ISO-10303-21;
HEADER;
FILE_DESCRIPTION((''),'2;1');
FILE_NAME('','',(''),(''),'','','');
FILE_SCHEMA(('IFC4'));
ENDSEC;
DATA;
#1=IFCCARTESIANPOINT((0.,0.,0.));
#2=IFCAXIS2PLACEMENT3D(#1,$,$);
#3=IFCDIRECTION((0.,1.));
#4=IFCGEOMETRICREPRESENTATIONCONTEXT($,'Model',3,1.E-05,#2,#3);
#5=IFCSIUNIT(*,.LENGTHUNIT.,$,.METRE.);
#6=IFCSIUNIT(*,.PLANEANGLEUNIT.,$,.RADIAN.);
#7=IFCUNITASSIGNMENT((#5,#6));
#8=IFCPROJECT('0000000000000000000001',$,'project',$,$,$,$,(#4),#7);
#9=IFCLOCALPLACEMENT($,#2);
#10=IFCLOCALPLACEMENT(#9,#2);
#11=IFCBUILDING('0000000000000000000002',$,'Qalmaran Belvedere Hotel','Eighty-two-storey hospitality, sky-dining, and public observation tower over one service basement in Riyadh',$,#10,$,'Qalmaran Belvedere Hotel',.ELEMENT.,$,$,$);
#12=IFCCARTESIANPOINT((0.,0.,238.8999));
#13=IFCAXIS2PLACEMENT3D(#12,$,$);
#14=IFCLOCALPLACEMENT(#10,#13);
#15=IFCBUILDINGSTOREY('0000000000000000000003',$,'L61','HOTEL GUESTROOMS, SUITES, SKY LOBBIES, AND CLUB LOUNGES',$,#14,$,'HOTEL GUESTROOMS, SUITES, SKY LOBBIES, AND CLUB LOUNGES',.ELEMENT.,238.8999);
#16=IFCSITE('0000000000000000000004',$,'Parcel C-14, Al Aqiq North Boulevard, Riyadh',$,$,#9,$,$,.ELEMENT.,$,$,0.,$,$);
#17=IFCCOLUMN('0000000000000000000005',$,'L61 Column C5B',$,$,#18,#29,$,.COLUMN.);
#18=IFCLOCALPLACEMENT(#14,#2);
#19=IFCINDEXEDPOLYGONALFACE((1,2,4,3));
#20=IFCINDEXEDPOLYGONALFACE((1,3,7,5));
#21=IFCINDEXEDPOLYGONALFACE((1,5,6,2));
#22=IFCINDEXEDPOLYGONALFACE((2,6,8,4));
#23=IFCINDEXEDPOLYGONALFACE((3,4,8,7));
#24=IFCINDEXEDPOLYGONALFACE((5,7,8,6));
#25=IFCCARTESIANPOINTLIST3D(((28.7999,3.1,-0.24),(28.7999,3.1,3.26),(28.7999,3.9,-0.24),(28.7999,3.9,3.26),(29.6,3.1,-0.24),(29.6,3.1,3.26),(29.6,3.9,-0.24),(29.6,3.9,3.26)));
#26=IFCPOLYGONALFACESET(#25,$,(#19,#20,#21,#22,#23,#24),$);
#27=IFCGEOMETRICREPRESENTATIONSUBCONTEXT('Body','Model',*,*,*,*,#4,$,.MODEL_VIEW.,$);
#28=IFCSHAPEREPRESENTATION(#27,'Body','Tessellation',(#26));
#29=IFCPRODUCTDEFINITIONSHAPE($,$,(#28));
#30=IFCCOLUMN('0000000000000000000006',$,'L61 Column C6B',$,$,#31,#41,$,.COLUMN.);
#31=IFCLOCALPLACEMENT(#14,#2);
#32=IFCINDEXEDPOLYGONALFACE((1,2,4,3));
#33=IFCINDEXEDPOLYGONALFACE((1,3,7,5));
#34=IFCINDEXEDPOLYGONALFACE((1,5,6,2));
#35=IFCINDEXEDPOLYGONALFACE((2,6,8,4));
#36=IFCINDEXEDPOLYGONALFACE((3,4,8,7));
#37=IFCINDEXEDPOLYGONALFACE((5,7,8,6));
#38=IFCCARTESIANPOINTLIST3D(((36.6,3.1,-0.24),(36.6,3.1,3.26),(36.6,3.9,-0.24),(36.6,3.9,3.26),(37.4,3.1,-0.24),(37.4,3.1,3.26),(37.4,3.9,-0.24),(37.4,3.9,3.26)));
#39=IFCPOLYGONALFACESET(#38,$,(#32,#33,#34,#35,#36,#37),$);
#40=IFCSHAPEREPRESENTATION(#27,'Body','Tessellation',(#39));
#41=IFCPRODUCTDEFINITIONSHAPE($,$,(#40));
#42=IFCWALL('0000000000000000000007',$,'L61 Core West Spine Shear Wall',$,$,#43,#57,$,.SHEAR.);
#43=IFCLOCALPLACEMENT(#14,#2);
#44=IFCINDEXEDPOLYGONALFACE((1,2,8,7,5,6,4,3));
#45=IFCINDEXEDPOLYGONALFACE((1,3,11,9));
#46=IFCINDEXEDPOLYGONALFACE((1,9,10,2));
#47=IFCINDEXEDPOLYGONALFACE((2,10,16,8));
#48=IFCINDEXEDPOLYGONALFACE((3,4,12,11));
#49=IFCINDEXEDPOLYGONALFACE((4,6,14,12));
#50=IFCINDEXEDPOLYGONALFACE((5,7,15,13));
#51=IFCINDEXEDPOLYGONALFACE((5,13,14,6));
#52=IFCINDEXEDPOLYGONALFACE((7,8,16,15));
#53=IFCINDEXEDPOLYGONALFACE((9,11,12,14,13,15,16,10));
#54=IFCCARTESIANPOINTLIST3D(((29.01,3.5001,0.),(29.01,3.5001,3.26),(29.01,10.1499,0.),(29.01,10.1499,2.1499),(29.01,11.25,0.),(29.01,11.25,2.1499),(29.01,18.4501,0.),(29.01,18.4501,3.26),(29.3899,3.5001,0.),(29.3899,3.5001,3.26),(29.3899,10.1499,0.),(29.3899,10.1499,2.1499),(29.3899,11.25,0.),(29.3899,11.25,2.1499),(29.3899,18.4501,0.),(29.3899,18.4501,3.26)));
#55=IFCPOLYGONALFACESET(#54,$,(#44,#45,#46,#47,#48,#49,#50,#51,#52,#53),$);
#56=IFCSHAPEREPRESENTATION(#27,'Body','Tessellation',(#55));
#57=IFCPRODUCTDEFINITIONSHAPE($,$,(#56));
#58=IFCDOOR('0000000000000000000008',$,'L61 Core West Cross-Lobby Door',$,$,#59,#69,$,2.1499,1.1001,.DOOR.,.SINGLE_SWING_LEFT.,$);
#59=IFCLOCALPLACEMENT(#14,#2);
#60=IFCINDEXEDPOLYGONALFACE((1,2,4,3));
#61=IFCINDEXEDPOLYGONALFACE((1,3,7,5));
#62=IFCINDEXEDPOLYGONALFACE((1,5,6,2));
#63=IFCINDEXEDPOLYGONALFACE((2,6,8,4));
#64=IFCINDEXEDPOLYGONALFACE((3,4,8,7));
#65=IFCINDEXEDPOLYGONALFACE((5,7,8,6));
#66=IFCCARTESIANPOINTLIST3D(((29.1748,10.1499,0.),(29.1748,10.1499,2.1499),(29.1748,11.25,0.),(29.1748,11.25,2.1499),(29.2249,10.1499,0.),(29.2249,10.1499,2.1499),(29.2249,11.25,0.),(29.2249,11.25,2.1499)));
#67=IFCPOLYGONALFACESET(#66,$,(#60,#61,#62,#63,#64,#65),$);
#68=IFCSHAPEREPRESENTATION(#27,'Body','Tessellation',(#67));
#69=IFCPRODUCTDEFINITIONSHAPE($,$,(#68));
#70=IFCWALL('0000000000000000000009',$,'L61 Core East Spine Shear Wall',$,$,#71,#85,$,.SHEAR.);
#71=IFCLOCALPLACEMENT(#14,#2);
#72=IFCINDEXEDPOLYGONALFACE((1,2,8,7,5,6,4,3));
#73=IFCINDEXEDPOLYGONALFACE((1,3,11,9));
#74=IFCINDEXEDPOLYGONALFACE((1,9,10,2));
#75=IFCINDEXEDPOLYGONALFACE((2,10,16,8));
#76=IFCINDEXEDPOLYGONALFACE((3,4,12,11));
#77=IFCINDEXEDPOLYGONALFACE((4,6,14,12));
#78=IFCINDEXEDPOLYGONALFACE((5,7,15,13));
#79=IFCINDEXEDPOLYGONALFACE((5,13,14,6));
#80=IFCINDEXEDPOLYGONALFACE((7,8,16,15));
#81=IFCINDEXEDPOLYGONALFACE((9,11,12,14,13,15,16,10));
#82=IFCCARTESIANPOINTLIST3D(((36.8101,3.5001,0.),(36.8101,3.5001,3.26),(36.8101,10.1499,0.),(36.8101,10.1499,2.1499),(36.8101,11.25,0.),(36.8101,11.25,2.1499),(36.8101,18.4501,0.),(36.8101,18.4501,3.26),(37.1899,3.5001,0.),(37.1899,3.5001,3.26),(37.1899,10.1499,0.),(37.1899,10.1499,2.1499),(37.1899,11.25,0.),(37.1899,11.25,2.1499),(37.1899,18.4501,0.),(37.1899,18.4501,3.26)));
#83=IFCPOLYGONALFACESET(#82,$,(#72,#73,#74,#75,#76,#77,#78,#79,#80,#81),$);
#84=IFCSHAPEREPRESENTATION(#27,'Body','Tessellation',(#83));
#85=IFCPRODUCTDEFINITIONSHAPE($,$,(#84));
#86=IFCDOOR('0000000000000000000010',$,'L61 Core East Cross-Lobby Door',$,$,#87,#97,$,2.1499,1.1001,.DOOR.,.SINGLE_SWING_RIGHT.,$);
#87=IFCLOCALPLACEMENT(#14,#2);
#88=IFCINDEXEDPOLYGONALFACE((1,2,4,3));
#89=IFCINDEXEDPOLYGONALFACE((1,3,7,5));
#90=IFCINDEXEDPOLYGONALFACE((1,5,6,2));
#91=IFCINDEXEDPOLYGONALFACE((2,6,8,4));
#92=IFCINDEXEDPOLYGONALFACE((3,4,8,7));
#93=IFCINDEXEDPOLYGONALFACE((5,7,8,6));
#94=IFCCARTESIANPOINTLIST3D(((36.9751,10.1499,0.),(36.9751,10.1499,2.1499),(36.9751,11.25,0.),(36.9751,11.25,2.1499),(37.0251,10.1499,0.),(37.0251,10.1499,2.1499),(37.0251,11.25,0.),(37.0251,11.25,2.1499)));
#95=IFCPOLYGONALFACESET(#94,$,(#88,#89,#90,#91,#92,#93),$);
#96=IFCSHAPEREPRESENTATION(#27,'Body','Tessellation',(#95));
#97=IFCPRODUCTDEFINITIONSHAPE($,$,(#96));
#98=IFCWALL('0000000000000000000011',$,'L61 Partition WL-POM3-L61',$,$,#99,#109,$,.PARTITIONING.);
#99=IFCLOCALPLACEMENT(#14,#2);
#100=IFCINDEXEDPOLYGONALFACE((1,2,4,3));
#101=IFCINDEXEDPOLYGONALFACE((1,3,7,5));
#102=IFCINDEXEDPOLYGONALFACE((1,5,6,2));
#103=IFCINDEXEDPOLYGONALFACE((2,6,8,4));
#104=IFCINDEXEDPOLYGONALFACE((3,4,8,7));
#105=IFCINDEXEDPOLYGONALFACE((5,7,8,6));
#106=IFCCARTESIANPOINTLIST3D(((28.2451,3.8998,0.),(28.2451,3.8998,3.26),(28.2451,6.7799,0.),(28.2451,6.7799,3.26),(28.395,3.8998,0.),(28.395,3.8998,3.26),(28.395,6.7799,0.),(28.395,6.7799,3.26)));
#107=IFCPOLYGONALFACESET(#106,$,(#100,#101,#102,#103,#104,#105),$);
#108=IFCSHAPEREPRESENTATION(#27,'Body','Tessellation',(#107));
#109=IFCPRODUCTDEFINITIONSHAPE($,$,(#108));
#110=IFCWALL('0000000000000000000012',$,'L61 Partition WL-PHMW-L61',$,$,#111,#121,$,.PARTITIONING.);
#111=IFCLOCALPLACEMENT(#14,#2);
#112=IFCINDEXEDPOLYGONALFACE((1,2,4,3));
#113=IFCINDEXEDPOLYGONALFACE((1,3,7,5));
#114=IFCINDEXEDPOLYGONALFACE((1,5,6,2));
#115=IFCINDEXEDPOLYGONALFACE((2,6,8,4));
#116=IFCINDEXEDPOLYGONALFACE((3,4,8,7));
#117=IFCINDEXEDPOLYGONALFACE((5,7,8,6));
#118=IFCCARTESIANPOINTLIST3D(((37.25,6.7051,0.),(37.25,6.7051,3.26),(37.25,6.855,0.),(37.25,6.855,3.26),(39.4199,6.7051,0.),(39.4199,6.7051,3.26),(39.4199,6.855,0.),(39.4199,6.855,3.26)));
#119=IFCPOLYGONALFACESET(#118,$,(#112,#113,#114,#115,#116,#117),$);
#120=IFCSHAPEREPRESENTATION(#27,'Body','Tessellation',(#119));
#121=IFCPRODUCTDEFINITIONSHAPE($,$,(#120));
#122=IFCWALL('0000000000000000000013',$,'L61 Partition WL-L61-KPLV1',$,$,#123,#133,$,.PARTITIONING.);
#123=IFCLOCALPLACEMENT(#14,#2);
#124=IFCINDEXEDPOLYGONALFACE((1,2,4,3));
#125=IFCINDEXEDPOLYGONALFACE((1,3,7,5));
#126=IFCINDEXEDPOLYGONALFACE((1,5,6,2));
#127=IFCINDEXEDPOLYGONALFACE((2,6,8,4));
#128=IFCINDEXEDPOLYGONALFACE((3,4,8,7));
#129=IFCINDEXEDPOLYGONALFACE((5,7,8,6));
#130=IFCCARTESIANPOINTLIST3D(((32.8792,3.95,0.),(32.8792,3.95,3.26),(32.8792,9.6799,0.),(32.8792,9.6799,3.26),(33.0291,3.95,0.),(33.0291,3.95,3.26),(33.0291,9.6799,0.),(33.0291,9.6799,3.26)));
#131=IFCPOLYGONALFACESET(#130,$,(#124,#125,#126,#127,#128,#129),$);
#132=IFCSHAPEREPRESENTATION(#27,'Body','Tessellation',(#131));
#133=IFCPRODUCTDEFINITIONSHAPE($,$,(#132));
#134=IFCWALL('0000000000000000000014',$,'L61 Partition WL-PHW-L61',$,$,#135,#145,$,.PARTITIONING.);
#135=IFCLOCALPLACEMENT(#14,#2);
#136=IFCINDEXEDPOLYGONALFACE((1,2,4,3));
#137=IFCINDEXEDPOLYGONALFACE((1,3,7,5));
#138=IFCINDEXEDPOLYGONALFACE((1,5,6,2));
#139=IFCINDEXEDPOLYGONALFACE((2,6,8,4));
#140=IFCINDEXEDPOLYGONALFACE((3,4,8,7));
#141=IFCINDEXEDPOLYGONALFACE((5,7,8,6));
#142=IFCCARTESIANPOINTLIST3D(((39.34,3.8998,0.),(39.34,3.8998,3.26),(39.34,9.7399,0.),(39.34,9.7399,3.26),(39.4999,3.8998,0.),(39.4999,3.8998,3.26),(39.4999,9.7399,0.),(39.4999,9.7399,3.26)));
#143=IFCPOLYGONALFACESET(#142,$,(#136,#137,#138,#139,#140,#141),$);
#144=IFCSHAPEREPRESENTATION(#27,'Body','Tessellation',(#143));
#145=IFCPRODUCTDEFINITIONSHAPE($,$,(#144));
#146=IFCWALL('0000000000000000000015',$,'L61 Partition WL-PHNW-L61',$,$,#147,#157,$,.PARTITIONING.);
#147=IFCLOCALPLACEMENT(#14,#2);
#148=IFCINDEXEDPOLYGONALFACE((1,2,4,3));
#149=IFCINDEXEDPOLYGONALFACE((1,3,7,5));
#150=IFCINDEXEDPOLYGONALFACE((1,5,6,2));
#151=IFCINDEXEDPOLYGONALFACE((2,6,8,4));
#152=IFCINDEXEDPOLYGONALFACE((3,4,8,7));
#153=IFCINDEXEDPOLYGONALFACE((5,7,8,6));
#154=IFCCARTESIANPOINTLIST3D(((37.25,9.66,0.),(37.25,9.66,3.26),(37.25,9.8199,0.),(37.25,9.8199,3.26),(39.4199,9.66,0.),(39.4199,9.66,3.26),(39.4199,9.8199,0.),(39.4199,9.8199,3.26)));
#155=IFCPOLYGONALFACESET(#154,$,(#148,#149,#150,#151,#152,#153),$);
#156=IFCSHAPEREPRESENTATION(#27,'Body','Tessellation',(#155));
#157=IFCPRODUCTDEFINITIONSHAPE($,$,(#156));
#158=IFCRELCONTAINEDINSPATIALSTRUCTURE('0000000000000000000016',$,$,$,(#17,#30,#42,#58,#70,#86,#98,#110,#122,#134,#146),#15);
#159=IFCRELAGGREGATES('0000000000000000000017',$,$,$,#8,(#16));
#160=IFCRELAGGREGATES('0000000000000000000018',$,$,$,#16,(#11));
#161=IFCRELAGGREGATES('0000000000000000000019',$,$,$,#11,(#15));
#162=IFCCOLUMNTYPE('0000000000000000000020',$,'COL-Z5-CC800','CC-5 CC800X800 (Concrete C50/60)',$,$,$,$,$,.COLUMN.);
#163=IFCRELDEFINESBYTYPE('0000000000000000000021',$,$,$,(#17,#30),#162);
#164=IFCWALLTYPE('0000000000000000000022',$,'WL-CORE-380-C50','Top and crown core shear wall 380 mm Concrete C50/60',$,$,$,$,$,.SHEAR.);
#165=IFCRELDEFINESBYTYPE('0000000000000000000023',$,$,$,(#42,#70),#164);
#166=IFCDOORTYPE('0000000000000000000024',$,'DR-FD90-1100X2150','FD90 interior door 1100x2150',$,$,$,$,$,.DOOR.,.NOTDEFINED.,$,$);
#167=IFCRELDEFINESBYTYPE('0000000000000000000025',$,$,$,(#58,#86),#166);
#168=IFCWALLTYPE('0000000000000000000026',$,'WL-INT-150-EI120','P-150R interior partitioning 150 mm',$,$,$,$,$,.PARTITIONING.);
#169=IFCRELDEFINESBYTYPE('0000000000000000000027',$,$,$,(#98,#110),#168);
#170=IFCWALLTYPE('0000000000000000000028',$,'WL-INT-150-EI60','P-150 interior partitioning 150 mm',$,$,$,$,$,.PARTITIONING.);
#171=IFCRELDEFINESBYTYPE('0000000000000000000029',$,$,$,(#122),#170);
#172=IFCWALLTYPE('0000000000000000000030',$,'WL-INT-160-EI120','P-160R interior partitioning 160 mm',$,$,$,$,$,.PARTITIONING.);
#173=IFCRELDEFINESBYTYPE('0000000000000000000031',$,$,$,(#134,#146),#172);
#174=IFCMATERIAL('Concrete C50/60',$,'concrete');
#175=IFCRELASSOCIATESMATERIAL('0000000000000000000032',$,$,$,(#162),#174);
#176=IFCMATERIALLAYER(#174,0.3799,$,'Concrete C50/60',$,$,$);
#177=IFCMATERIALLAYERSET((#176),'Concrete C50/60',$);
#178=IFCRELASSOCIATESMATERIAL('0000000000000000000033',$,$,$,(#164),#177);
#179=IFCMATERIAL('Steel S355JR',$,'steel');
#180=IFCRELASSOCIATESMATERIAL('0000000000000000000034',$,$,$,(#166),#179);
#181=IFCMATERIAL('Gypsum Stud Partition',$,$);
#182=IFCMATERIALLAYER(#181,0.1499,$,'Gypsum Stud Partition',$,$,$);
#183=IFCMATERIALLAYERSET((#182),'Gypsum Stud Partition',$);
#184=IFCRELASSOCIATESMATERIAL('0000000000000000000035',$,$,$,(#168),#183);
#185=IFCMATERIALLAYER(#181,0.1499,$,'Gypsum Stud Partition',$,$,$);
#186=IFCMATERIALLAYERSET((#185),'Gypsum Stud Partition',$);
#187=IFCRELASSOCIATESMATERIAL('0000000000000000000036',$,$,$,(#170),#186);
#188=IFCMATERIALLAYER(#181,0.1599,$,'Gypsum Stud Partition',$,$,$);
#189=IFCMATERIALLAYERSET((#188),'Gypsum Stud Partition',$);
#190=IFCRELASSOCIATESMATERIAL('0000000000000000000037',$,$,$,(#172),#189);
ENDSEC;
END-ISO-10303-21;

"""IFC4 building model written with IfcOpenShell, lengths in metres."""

from ifc_helpers import new_model, si_unit, direction, frame, frame_2d, origin, origin_2d, place, context, subcontext, project, spatial, rectangle, extrude, material, layer, layer_set, material_profile, profile_set, type_object, element, fill, save


model = new_model("IFC4")

# Units and contexts
model_context = context("Model", 3, precision=1e-05, world=origin(), true_north=direction((0.0, 1.0)))
body_context = subcontext(model_context, "Body", "Model", "MODEL_VIEW")
ifc_project = project(units=[si_unit("LENGTHUNIT", "METRE"), si_unit("PLANEANGLEUNIT", "RADIAN")], contexts=[model_context])

# Site, building, storey
site_placement = place(None, origin())
site = spatial("IfcSite", under=ifc_project, at=site_placement, Name="Parcel C-14, Al Aqiq North Boulevard, Riyadh", CompositionType="ELEMENT", RefElevation=0.0)
building_placement = place(site_placement, origin())
building = spatial("IfcBuilding", under=site, at=building_placement, Name="Qalmaran Belvedere Hotel", Description="Eighty-two-storey hospitality, sky-dining, and public observation tower over one service basement in Riyadh", LongName="Qalmaran Belvedere Hotel", CompositionType="ELEMENT")
storey_placement = place(building_placement, frame((0.0, 0.0, 238.8999)))
storey = spatial("IfcBuildingStorey", under=building, at=storey_placement, Name="L61", Description="HOTEL GUESTROOMS, SUITES, SKY LOBBIES, AND CLUB LOUNGES", LongName="HOTEL GUESTROOMS, SUITES, SKY LOBBIES, AND CLUB LOUNGES", CompositionType="ELEMENT", Elevation=238.8999)

# Columns
ifc_material_1 = material(Name="Concrete C50/60", Category="concrete")
ifc_material_profile = material_profile(ifc_material_1, rectangle(XDim=0.8, YDim=0.8, at=origin_2d()), Name="CC800X800")
ifc_profile_set = profile_set([ifc_material_profile], Name="Concrete C50/60")
column_type = type_object("IfcColumnType", Name="COL-Z5-CC800", Description="CC-5 CC800X800 (Concrete C50/60)", PredefinedType="COLUMN", material=ifc_profile_set)
for number, where, z_axis, x_axis, name in (
    (1, (29.2, 3.5, -0.24), (0.0, 0.0, 1.0), (1.0, 0.0, 0.0), "L61 Column C5B"),
    (2, (37.0, 3.5, -0.24), (0.0, 0.0, 1.0), (1.0, 0.0, 0.0), "L61 Column C6B"),
):
    element("IfcColumn", number, at=place(storey_placement, frame(where, z_axis=z_axis, x_axis=x_axis)), inside=storey, type_object=column_type, Name=name, PredefinedType="COLUMN", context=body_context, shape_type="SweptSolid", body=[
        extrude(rectangle(XDim=0.8, YDim=0.8, at=origin_2d()), origin(), (0.0, 0.0, 1.0), 3.5),
    ])

# Walls, openings, doors
ifc_layer_1 = layer(ifc_material_1, 0.3799, Name="Concrete C50/60")
ifc_layer_set_1 = layer_set([ifc_layer_1], Name="Concrete C50/60")
wall_type_1 = type_object("IfcWallType", Name="WL-CORE-380-C50", Description="Top and crown core shear wall 380 mm Concrete C50/60", PredefinedType="SHEAR", material=ifc_layer_set_1)
wall_1_placement = place(storey_placement, frame((29.2, 3.5, 0.0), z_axis=(0.0, 0.0, 1.0), x_axis=(0.0, 1.0, 0.0)))
wall_1 = element("IfcWall", 3, at=wall_1_placement, inside=storey, type_object=wall_type_1, Name="L61 Core West Spine Shear Wall", PredefinedType="SHEAR", context=body_context, shape_type="SweptSolid", body=[
    extrude(rectangle(XDim=14.95, YDim=0.3799, at=frame_2d((7.4751, 0.0))), origin(), (0.0, 0.0, 1.0), 3.26),
])
opening_1_placement = place(wall_1_placement, frame((7.75, 0.0, 0.0), z_axis=(0.0, 0.0, 1.0), x_axis=(-1.0, 0.0, 0.0)))
opening_1 = element("IfcOpeningElement", 4, at=opening_1_placement, cuts=wall_1, PredefinedType="OPENING", context=body_context, shape_type="SweptSolid", body=[
    extrude(rectangle(XDim=1.1001, YDim=2.1499, at=frame_2d((0.55, 1.075))), frame((0.0, 0.2, 0.0), z_axis=(0.0, -1.0, 0.0), x_axis=(1.0, 0.0, 0.0)), (0.0, 0.0, 1.0), 0.3999),
])
ifc_material_2 = material(Name="Steel S355JR", Category="steel")
door_type_1 = type_object("IfcDoorType", Name="DR-FD90-1100X2150", Description="FD90 interior door 1100x2150", OperationType="NOTDEFINED", PredefinedType="DOOR", material=ifc_material_2)
door_1_placement = place(opening_1_placement, origin())
door_1 = element("IfcDoor", 5, at=door_1_placement, inside=storey, type_object=door_type_1, Name="L61 Core West Cross-Lobby Door", OperationType="SINGLE_SWING_LEFT", OverallHeight=2.1499, OverallWidth=1.1001, PredefinedType="DOOR", context=body_context, shape_type="SweptSolid", body=[
    extrude(rectangle(XDim=1.1001, YDim=2.1499, at=frame_2d((0.55, 1.075))), frame((0.0, 0.0249, 0.0), z_axis=(0.0, -1.0, 0.0), x_axis=(1.0, 0.0, 0.0)), (0.0, 0.0, 1.0), 0.05),
])
fill(opening_1, door_1)
wall_2_placement = place(storey_placement, frame((37.0, 3.5, 0.0), z_axis=(0.0, 0.0, 1.0), x_axis=(0.0, 1.0, 0.0)))
wall_2 = element("IfcWall", 6, at=wall_2_placement, inside=storey, type_object=wall_type_1, Name="L61 Core East Spine Shear Wall", PredefinedType="SHEAR", context=body_context, shape_type="SweptSolid", body=[
    extrude(rectangle(XDim=14.95, YDim=0.3799, at=frame_2d((7.4751, 0.0))), origin(), (0.0, 0.0, 1.0), 3.26),
])
opening_2_placement = place(wall_2_placement, frame((6.6499, 0.0, 0.0)))
opening_2 = element("IfcOpeningElement", 7, at=opening_2_placement, cuts=wall_2, PredefinedType="OPENING", context=body_context, shape_type="SweptSolid", body=[
    extrude(rectangle(XDim=1.1001, YDim=2.1499, at=frame_2d((0.55, 1.075))), frame((0.0, 0.2, 0.0), z_axis=(0.0, -1.0, 0.0), x_axis=(1.0, 0.0, 0.0)), (0.0, 0.0, 1.0), 0.3999),
])
door_2_placement = place(opening_2_placement, origin())
door_2 = element("IfcDoor", 8, at=door_2_placement, inside=storey, type_object=door_type_1, Name="L61 Core East Cross-Lobby Door", OperationType="SINGLE_SWING_RIGHT", OverallHeight=2.1499, OverallWidth=1.1001, PredefinedType="DOOR", context=body_context, shape_type="SweptSolid", body=[
    extrude(rectangle(XDim=1.1001, YDim=2.1499, at=frame_2d((0.55, 1.075))), frame((0.0, 0.0249, 0.0), z_axis=(0.0, -1.0, 0.0), x_axis=(1.0, 0.0, 0.0)), (0.0, 0.0, 1.0), 0.05),
])
fill(opening_2, door_2)

# Walls
ifc_material_3 = material(Name="Gypsum Stud Partition")
ifc_layer_2 = layer(ifc_material_3, 0.1499, Name="Gypsum Stud Partition")
ifc_layer_set_2 = layer_set([ifc_layer_2], Name="Gypsum Stud Partition")
wall_type_2 = type_object("IfcWallType", Name="WL-INT-150-EI120", Description="P-150R interior partitioning 150 mm", PredefinedType="PARTITIONING", material=ifc_layer_set_2)
wall_3_placement = place(storey_placement, frame((28.3201, 3.8999, 0.0), z_axis=(0.0, 0.0, 1.0), x_axis=(0.0, 1.0, 0.0)))
element("IfcWall", 9, at=wall_3_placement, inside=storey, type_object=wall_type_2, Name="L61 Partition WL-POM3-L61", PredefinedType="PARTITIONING", context=body_context, shape_type="SweptSolid", body=[
    extrude(rectangle(XDim=2.8801, YDim=0.1499, at=frame_2d((1.4399, 0.0))), origin(), (0.0, 0.0, 1.0), 3.26),
])
wall_4_placement = place(storey_placement, frame((37.25, 6.78, 0.0), z_axis=(0.0, 0.0, 1.0), x_axis=(1.0, 0.0, 0.0)))
element("IfcWall", 10, at=wall_4_placement, inside=storey, type_object=wall_type_2, Name="L61 Partition WL-PHMW-L61", PredefinedType="PARTITIONING", context=body_context, shape_type="SweptSolid", body=[
    extrude(rectangle(XDim=2.1699, YDim=0.1499, at=frame_2d((1.085, 0.0))), origin(), (0.0, 0.0, 1.0), 3.26),
])
ifc_layer_3 = layer(ifc_material_3, 0.1499, Name="Gypsum Stud Partition")
ifc_layer_set_3 = layer_set([ifc_layer_3], Name="Gypsum Stud Partition")
wall_type_3 = type_object("IfcWallType", Name="WL-INT-150-EI60", Description="P-150 interior partitioning 150 mm", PredefinedType="PARTITIONING", material=ifc_layer_set_3)
wall_5_placement = place(storey_placement, frame((32.9541, 3.95, 0.0), z_axis=(0.0, 0.0, 1.0), x_axis=(0.0, 1.0, 0.0)))
element("IfcWall", 11, at=wall_5_placement, inside=storey, type_object=wall_type_3, Name="L61 Partition WL-L61-KPLV1", PredefinedType="PARTITIONING", context=body_context, shape_type="SweptSolid", body=[
    extrude(rectangle(XDim=5.73, YDim=0.1499, at=frame_2d((2.865, 0.0))), origin(), (0.0, 0.0, 1.0), 3.26),
])
ifc_layer_4 = layer(ifc_material_3, 0.1599, Name="Gypsum Stud Partition")
ifc_layer_set_4 = layer_set([ifc_layer_4], Name="Gypsum Stud Partition")
wall_type_4 = type_object("IfcWallType", Name="WL-INT-160-EI120", Description="P-160R interior partitioning 160 mm", PredefinedType="PARTITIONING", material=ifc_layer_set_4)
wall_6_placement = place(storey_placement, frame((39.4199, 3.8999, 0.0), z_axis=(0.0, 0.0, 1.0), x_axis=(0.0, 1.0, 0.0)))
element("IfcWall", 12, at=wall_6_placement, inside=storey, type_object=wall_type_4, Name="L61 Partition WL-PHW-L61", PredefinedType="PARTITIONING", context=body_context, shape_type="SweptSolid", body=[
    extrude(rectangle(XDim=5.8401, YDim=0.1599, at=frame_2d((2.9199, 0.0))), origin(), (0.0, 0.0, 1.0), 3.26),
])
wall_7_placement = place(storey_placement, frame((37.25, 9.74, 0.0), z_axis=(0.0, 0.0, 1.0), x_axis=(1.0, 0.0, 0.0)))
element("IfcWall", 13, at=wall_7_placement, inside=storey, type_object=wall_type_4, Name="L61 Partition WL-PHNW-L61", PredefinedType="PARTITIONING", context=body_context, shape_type="SweptSolid", body=[
    extrude(rectangle(XDim=2.1699, YDim=0.1599, at=frame_2d((1.085, 0.0))), origin(), (0.0, 0.0, 1.0), 3.26),
])

save(model, "model.ifc")
